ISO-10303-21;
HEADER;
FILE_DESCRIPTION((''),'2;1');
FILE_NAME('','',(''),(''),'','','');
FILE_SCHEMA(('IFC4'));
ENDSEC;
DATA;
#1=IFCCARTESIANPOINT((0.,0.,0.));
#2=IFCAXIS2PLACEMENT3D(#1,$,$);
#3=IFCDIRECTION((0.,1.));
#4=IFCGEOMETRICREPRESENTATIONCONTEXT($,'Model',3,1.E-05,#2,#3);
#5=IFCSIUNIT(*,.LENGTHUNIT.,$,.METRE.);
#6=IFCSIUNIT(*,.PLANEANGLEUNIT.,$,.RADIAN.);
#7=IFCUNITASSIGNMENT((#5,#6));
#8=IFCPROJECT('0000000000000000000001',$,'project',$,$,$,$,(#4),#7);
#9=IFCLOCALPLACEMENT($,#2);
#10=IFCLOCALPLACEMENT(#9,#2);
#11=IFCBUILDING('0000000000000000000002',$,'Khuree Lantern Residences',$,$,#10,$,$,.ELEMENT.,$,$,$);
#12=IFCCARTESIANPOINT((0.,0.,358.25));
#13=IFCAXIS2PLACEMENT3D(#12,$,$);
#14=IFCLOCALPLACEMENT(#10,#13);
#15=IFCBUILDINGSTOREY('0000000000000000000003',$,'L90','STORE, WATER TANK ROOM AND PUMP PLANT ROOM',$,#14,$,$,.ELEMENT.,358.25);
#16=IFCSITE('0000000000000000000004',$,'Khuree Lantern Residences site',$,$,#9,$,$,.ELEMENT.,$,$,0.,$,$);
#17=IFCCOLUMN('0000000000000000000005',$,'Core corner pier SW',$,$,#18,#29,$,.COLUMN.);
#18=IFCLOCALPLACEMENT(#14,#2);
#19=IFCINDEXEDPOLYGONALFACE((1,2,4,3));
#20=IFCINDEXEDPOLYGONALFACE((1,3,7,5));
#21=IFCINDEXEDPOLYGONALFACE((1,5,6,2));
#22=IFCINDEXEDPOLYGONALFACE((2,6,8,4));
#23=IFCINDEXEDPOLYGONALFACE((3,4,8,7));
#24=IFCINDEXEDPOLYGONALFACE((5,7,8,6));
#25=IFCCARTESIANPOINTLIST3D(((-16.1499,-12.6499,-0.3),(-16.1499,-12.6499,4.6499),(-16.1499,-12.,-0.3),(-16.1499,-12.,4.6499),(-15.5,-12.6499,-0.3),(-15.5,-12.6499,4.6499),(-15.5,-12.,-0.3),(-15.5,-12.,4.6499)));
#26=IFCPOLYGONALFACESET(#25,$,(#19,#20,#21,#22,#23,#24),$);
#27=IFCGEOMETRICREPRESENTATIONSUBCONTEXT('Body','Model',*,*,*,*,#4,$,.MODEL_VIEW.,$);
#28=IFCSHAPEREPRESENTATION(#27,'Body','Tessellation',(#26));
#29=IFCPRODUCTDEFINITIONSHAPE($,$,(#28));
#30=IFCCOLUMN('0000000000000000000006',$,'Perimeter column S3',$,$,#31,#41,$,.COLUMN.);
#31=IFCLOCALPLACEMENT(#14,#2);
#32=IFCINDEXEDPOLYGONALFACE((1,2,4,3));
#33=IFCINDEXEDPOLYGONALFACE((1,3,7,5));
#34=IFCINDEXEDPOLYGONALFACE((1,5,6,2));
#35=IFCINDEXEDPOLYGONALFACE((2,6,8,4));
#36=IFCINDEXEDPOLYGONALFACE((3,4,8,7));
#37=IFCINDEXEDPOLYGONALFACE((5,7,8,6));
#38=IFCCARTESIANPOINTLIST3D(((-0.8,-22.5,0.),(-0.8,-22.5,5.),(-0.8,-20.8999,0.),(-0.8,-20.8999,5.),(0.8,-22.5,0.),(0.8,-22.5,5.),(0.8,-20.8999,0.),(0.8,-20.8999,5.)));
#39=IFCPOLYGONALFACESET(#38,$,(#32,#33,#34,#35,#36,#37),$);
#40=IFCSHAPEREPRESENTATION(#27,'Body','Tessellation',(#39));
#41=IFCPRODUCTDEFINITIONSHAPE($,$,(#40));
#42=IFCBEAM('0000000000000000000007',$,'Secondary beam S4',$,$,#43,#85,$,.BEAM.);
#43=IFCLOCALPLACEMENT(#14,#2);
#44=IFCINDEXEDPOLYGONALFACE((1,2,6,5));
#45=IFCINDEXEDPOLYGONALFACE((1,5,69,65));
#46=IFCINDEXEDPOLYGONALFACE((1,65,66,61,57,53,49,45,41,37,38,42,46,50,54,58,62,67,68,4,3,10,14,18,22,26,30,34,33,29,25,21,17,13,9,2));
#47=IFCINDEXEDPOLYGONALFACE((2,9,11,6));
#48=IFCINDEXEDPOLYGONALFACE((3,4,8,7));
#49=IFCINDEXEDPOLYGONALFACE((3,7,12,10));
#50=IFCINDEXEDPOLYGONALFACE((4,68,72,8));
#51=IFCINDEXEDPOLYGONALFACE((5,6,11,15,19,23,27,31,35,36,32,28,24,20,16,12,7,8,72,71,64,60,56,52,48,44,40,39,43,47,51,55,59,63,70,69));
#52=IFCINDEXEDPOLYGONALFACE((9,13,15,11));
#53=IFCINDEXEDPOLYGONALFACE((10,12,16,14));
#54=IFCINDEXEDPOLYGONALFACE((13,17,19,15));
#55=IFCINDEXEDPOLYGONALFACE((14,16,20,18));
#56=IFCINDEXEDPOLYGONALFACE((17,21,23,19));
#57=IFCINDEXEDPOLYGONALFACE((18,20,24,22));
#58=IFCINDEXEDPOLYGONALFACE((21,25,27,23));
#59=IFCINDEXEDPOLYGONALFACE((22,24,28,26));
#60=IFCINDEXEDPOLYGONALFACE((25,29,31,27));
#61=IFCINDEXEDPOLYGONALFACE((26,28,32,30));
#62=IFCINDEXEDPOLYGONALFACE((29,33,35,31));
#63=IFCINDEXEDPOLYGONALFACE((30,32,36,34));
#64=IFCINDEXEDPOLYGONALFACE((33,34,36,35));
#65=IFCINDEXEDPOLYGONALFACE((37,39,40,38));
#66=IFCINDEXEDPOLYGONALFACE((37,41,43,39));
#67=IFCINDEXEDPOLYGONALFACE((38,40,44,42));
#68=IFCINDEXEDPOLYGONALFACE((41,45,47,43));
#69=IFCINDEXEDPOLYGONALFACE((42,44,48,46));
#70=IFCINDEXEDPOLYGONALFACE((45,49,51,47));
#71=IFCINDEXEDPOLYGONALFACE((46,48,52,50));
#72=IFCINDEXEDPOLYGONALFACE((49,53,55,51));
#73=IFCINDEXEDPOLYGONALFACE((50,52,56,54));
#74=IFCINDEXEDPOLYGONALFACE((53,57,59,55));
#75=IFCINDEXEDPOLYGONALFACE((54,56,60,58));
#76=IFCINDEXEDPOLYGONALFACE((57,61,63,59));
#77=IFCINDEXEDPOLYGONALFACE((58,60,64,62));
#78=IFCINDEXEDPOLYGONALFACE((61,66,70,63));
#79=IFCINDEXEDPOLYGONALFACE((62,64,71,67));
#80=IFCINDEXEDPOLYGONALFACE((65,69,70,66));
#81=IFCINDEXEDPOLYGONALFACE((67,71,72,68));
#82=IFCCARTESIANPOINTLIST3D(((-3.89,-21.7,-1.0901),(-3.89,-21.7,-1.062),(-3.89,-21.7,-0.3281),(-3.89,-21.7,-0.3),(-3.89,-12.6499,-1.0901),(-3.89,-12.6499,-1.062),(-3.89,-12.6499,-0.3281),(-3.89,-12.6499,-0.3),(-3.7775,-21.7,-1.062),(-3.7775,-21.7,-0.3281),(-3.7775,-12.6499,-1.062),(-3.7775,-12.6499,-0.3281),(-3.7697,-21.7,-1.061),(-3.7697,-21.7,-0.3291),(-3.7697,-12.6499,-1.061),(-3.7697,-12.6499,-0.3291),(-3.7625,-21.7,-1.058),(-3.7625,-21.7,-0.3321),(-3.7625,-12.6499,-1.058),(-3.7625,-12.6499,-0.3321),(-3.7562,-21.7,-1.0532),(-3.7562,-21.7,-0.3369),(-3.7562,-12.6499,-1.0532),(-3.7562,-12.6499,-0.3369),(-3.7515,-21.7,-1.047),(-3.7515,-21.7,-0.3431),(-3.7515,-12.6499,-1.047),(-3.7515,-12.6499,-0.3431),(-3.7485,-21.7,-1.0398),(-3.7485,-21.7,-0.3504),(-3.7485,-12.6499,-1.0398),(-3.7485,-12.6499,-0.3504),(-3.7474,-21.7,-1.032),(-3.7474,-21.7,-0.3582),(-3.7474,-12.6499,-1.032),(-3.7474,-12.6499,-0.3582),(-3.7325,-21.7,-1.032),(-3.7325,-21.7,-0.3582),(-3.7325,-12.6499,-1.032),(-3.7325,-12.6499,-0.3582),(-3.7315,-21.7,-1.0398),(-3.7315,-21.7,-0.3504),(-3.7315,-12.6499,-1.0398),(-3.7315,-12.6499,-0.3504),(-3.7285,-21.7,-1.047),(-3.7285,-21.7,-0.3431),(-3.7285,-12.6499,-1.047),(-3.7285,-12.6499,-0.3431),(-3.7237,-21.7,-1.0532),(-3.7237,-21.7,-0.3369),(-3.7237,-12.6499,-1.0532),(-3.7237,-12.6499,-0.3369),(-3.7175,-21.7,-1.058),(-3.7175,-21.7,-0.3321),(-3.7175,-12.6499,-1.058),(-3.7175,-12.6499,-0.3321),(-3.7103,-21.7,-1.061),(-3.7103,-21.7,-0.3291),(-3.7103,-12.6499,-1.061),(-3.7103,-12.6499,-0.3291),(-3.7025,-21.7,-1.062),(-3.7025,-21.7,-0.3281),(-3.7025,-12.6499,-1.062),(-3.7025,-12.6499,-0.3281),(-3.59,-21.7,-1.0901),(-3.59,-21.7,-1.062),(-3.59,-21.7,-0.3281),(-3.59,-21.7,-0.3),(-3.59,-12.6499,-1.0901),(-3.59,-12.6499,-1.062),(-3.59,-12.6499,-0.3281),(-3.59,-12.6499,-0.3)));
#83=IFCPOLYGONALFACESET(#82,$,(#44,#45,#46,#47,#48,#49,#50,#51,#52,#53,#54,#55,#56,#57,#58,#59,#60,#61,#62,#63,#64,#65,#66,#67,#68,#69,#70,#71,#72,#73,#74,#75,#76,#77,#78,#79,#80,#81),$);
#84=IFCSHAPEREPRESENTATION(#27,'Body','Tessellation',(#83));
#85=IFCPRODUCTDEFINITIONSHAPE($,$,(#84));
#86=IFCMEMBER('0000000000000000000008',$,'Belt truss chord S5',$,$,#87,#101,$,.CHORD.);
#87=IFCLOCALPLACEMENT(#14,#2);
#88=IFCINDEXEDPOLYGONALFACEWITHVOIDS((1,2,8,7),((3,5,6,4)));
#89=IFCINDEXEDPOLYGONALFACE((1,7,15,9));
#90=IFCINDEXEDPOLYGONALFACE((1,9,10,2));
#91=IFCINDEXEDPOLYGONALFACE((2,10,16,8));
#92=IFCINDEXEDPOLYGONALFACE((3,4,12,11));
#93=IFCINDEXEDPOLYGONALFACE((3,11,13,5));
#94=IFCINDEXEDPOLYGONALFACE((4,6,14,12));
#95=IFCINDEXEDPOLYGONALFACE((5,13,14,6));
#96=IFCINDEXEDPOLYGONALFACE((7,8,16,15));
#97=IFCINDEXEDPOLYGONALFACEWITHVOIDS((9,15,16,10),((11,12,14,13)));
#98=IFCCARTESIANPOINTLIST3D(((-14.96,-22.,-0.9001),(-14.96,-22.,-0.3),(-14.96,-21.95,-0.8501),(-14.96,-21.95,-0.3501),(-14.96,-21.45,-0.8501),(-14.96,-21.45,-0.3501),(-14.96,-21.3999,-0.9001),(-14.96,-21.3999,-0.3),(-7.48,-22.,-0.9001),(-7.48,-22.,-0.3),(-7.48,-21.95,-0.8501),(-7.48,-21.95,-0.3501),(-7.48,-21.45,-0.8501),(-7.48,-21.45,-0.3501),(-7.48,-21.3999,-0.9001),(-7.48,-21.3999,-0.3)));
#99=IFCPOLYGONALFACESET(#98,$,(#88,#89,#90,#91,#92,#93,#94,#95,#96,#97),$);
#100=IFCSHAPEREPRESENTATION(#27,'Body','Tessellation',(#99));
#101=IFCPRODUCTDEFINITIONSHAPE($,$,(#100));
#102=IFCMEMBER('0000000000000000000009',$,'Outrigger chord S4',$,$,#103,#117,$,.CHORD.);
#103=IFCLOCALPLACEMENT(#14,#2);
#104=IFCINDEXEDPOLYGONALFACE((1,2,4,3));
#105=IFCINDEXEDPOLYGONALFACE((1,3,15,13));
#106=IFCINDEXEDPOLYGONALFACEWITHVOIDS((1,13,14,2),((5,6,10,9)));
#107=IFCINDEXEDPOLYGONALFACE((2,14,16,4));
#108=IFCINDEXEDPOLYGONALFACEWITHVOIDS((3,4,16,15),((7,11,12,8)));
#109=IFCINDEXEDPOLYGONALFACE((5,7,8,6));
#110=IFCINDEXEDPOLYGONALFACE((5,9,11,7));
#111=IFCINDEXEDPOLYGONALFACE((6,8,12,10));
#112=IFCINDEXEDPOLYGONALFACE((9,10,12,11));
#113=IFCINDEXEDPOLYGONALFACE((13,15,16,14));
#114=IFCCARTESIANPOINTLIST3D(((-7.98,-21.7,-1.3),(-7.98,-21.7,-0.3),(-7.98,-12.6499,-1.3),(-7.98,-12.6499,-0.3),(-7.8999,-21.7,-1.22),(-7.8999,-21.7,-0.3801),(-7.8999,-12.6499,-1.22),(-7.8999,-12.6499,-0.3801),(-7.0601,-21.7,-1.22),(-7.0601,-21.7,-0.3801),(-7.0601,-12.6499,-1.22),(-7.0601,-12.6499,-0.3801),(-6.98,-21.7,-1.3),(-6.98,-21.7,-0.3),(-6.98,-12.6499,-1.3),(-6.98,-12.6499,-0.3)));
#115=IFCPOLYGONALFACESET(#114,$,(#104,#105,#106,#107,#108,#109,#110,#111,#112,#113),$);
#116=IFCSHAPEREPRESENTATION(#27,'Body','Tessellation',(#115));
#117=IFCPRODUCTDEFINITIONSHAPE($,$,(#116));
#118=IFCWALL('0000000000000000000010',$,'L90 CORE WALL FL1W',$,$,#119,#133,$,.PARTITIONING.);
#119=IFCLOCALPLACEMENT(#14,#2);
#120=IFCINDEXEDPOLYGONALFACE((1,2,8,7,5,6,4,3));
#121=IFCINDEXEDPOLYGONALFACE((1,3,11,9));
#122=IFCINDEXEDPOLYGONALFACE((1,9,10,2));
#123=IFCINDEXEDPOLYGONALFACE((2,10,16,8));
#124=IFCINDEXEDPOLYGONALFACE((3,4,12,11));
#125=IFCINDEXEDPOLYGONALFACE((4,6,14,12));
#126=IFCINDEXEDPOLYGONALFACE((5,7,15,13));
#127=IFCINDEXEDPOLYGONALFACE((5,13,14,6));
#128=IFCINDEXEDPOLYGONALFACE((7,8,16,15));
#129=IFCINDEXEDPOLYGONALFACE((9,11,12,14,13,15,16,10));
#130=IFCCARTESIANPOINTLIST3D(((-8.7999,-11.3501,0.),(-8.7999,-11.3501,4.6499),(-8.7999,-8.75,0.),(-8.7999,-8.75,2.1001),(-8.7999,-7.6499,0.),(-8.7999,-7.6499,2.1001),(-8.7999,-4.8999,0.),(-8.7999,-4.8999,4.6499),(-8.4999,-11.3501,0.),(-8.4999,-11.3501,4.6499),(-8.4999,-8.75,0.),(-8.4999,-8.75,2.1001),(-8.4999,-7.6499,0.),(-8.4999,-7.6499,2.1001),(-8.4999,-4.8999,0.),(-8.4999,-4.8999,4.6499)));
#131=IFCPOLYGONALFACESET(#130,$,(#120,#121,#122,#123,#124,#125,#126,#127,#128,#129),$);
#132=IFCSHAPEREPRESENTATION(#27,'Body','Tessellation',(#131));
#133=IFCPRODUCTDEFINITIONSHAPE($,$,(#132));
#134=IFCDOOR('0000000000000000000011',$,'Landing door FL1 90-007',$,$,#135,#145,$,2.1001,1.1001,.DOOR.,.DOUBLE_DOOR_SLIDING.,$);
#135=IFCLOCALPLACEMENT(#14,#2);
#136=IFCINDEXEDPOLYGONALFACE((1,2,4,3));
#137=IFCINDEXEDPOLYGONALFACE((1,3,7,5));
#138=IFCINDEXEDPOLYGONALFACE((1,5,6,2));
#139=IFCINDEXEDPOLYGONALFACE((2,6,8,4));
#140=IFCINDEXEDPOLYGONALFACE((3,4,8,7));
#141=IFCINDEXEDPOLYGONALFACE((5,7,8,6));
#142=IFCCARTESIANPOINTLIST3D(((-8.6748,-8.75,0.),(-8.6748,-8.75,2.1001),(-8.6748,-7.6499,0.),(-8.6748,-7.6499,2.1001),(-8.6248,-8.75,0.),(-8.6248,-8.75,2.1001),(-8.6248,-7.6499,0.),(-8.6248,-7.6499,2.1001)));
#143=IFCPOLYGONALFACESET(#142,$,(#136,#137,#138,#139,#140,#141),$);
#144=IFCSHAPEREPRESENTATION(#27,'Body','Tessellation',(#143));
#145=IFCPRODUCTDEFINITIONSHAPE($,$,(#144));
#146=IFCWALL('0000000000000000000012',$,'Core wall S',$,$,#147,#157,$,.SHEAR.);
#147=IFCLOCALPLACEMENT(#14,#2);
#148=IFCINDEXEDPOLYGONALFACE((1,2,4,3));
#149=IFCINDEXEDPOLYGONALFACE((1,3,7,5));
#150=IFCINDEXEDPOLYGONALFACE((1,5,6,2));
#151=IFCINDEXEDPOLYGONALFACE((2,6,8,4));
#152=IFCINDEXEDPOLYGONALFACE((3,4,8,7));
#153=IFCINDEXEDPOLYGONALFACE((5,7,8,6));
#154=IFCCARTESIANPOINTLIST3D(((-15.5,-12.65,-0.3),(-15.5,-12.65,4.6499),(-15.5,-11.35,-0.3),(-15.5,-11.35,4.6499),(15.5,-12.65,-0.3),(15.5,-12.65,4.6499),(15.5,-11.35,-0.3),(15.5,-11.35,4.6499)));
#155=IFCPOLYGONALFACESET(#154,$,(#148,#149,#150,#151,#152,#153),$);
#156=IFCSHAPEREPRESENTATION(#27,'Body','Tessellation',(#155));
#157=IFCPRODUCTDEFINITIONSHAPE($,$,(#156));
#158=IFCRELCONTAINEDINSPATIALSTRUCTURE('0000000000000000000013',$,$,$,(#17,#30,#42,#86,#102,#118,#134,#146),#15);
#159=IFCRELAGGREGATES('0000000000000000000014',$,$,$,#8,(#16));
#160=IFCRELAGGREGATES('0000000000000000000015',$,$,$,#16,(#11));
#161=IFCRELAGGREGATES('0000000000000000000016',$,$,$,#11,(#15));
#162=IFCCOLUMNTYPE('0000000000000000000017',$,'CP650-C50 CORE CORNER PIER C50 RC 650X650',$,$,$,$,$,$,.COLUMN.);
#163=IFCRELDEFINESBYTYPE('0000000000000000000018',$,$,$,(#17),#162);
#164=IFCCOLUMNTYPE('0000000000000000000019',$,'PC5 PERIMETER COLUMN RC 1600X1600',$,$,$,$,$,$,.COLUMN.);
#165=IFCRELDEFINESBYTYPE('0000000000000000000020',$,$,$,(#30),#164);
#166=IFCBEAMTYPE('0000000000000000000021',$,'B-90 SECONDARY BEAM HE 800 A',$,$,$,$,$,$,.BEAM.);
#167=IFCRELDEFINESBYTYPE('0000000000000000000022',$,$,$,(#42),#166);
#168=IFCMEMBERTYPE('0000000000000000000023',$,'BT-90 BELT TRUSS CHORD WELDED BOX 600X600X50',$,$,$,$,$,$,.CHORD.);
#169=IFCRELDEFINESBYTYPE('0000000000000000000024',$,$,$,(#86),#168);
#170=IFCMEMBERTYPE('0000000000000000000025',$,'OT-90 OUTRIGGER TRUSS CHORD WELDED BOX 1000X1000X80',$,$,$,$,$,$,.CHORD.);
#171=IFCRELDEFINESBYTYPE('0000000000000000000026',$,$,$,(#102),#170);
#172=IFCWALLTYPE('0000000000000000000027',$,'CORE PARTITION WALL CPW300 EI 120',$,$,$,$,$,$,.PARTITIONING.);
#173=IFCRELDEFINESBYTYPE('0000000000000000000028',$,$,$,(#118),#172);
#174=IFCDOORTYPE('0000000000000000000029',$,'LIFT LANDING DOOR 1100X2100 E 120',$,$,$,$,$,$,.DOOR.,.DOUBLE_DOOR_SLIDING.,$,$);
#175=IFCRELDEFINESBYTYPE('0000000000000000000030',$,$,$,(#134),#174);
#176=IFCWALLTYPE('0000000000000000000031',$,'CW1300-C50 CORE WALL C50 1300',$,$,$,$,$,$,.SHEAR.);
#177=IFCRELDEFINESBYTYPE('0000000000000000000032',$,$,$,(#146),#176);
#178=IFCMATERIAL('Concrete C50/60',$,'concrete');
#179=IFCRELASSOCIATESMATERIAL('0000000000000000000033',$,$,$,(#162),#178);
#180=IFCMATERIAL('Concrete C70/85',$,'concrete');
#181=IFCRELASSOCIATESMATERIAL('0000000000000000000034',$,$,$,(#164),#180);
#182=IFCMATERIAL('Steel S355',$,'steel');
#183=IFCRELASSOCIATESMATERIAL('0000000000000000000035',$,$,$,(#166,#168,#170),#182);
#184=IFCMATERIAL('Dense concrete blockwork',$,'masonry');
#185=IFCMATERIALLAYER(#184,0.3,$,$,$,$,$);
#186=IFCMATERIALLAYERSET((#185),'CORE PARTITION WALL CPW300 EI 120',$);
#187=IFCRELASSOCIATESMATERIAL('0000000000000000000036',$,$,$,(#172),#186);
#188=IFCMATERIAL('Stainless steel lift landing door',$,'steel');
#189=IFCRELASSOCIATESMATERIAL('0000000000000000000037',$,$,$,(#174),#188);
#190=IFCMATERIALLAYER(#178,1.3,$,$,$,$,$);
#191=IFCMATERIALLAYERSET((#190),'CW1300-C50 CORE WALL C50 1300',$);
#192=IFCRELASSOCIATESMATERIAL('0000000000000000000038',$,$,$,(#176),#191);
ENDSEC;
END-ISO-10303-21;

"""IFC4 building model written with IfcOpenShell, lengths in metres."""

from ifc_helpers import new_model, si_unit, direction, frame, frame_2d, origin, origin_2d, place, context, subcontext, project, spatial, rectangle, hollow_rectangle, i_section, extrude, material, layer, layer_set, material_profile, profile_set, type_object, element, fill, save


model = new_model("IFC4")

# Units and contexts
model_context = context("Model", 3, precision=1e-05, world=origin(), true_north=direction((0.0, 1.0)))
body_context = subcontext(model_context, "Body", "Model", "MODEL_VIEW")
ifc_project = project(units=[si_unit("LENGTHUNIT", "METRE"), si_unit("PLANEANGLEUNIT", "RADIAN")], contexts=[model_context])

# Site, building, storey
site_placement = place(None, origin())
site = spatial("IfcSite", under=ifc_project, at=site_placement, Name="Khuree Lantern Residences site", CompositionType="ELEMENT", RefElevation=0.0)
building_placement = place(site_placement, origin())
building = spatial("IfcBuilding", under=site, at=building_placement, Name="Khuree Lantern Residences", CompositionType="ELEMENT")
storey_placement = place(building_placement, frame((0.0, 0.0, 358.25)))
storey = spatial("IfcBuildingStorey", under=building, at=storey_placement, Name="L90", Description="STORE, WATER TANK ROOM AND PUMP PLANT ROOM", CompositionType="ELEMENT", Elevation=358.25)

# Columns
ifc_material_1 = material(Name="Concrete C50/60", Category="concrete")
ifc_material_profile_1 = material_profile(ifc_material_1, rectangle(XDim=0.6499, YDim=0.6499, at=origin_2d()), Name="RC 650X650")
ifc_profile_set_1 = profile_set([ifc_material_profile_1], Name="Concrete C50/60")
column_type_1 = type_object("IfcColumnType", Name="CP650-C50 CORE CORNER PIER C50 RC 650X650", PredefinedType="COLUMN", material=ifc_profile_set_1)
column_1_placement = place(storey_placement, frame((-15.825, -12.325, -0.3), z_axis=(0.0, 0.0, 1.0), x_axis=(1.0, 0.0, 0.0)))
element("IfcColumn", 1, at=column_1_placement, inside=storey, type_object=column_type_1, Name="Core corner pier SW", PredefinedType="COLUMN", context=body_context, shape_type="SweptSolid", body=[
    extrude(rectangle(XDim=0.6499, YDim=0.6499, at=origin_2d()), origin(), (0.0, 0.0, 1.0), 4.95),
])
ifc_material_2 = material(Name="Concrete C70/85", Category="concrete")
ifc_material_profile_2 = material_profile(ifc_material_2, rectangle(XDim=1.6001, YDim=1.6001, at=origin_2d()), Name="RC 1600X1600")
ifc_profile_set_2 = profile_set([ifc_material_profile_2], Name="Concrete C70/85")
column_type_2 = type_object("IfcColumnType", Name="PC5 PERIMETER COLUMN RC 1600X1600", PredefinedType="COLUMN", material=ifc_profile_set_2)
column_2_placement = place(storey_placement, frame((0.0, -21.7, 0.0), z_axis=(0.0, 0.0, 1.0), x_axis=(1.0, 0.0, 0.0)))
element("IfcColumn", 2, at=column_2_placement, inside=storey, type_object=column_type_2, Name="Perimeter column S3", PredefinedType="COLUMN", context=body_context, shape_type="SweptSolid", body=[
    extrude(rectangle(XDim=1.6001, YDim=1.6001, at=origin_2d()), origin(), (0.0, 0.0, 1.0), 5.0),
])

# Beam
ifc_material_3 = material(Name="Steel S355", Category="steel")
ifc_material_profile_3 = material_profile(ifc_material_3, i_section(OverallWidth=0.3, OverallDepth=0.79, WebThickness=0.0149, FlangeThickness=0.0281, FilletRadius=0.03, at=origin_2d()), Name="HE 800 A")
ifc_profile_set_3 = profile_set([ifc_material_profile_3], Name="Steel S355")
beam_type = type_object("IfcBeamType", Name="B-90 SECONDARY BEAM HE 800 A", PredefinedType="BEAM", material=ifc_profile_set_3)
beam_placement = place(storey_placement, frame((-3.74, -21.7, -0.6951), z_axis=(0.0, 1.0, 0.0), x_axis=(-1.0, 0.0, 0.0)))
element("IfcBeam", 3, at=beam_placement, inside=storey, type_object=beam_type, Name="Secondary beam S4", PredefinedType="BEAM", context=body_context, shape_type="SweptSolid", body=[
    extrude(i_section(OverallWidth=0.3, OverallDepth=0.79, WebThickness=0.0149, FlangeThickness=0.0281, FilletRadius=0.03, at=origin_2d()), origin(), (0.0, 0.0, 1.0), 9.05),
])

# Members
ifc_material_profile_4 = material_profile(ifc_material_3, hollow_rectangle(XDim=0.6001, YDim=0.6001, WallThickness=0.05, at=origin_2d()), Name="WELDED BOX 600X600X50")
ifc_profile_set_4 = profile_set([ifc_material_profile_4], Name="Steel S355")
member_type_1 = type_object("IfcMemberType", Name="BT-90 BELT TRUSS CHORD WELDED BOX 600X600X50", PredefinedType="CHORD", material=ifc_profile_set_4)
member_1_placement = place(storey_placement, frame((-7.48, -21.7, -0.6001), z_axis=(-1.0, 0.0, 0.0), x_axis=(0.0, -1.0, 0.0)))
element("IfcMember", 4, at=member_1_placement, inside=storey, type_object=member_type_1, Name="Belt truss chord S5", PredefinedType="CHORD", context=body_context, shape_type="SweptSolid", body=[
    extrude(hollow_rectangle(XDim=0.6001, YDim=0.6001, WallThickness=0.05, at=origin_2d()), origin(), (0.0, 0.0, 1.0), 7.48),
])
ifc_material_profile_5 = material_profile(ifc_material_3, hollow_rectangle(XDim=1.0, YDim=1.0, WallThickness=0.0801, at=origin_2d()), Name="WELDED BOX 1000X1000X80")
ifc_profile_set_5 = profile_set([ifc_material_profile_5], Name="Steel S355")
member_type_2 = type_object("IfcMemberType", Name="OT-90 OUTRIGGER TRUSS CHORD WELDED BOX 1000X1000X80", PredefinedType="CHORD", material=ifc_profile_set_5)
member_2_placement = place(storey_placement, frame((-7.48, -21.7, -0.8), z_axis=(0.0, 1.0, 0.0), x_axis=(-1.0, 0.0, 0.0)))
element("IfcMember", 5, at=member_2_placement, inside=storey, type_object=member_type_2, Name="Outrigger chord S4", PredefinedType="CHORD", context=body_context, shape_type="SweptSolid", body=[
    extrude(hollow_rectangle(XDim=1.0, YDim=1.0, WallThickness=0.0801, at=origin_2d()), origin(), (0.0, 0.0, 1.0), 9.05),
])

# Wall, opening, door
ifc_material_4 = material(Name="Dense concrete blockwork", Category="masonry")
ifc_layer_1 = layer(ifc_material_4, 0.3)
ifc_layer_set_1 = layer_set([ifc_layer_1], Name="CORE PARTITION WALL CPW300 EI 120")
wall_type_1 = type_object("IfcWallType", Name="CORE PARTITION WALL CPW300 EI 120", PredefinedType="PARTITIONING", material=ifc_layer_set_1)
wall_1_placement = place(storey_placement, frame((-8.6499, -11.3501, 0.0), z_axis=(0.0, 0.0, 1.0), x_axis=(0.0, 1.0, 0.0)))
wall_1 = element("IfcWall", 6, at=wall_1_placement, inside=storey, type_object=wall_type_1, Name="L90 CORE WALL FL1W", PredefinedType="PARTITIONING", context=body_context, shape_type="SweptSolid", body=[
    extrude(rectangle(XDim=6.4502, YDim=0.3, at=frame_2d((3.2251, 0.0))), origin(), (0.0, 0.0, 1.0), 4.6499),
])
opening_1_placement = place(wall_1_placement, frame((2.6001, 0.0, 0.0)))
opening_1 = element("IfcOpeningElement", 7, at=opening_1_placement, cuts=wall_1, PredefinedType="OPENING", context=body_context, shape_type="SweptSolid", body=[
    extrude(rectangle(XDim=1.1001, YDim=2.1001, at=frame_2d((0.55, 1.05))), frame((0.0, 0.1602, 0.0), z_axis=(0.0, -1.0, 0.0), x_axis=(1.0, 0.0, 0.0)), (0.0, 0.0, 1.0), 0.3201),
])
ifc_material_5 = material(Name="Stainless steel lift landing door", Category="steel")
door_type_1 = type_object("IfcDoorType", Name="LIFT LANDING DOOR 1100X2100 E 120", OperationType="DOUBLE_DOOR_SLIDING", PredefinedType="DOOR", material=ifc_material_5)
door_1_placement = place(opening_1_placement, origin())
door_1 = element("IfcDoor", 8, at=door_1_placement, inside=storey, type_object=door_type_1, Name="Landing door FL1 90-007", OperationType="DOUBLE_DOOR_SLIDING", OverallHeight=2.1001, OverallWidth=1.1001, PredefinedType="DOOR", context=body_context, shape_type="SweptSolid", body=[
    extrude(rectangle(XDim=1.1001, YDim=2.1001, at=frame_2d((0.55, 1.05))), frame((0.0, 0.0249, 0.0), z_axis=(0.0, -1.0, 0.0), x_axis=(1.0, 0.0, 0.0)), (0.0, 0.0, 1.0), 0.05),
])
fill(opening_1, door_1)

# Wall
ifc_layer_2 = layer(ifc_material_1, 1.3)
ifc_layer_set_2 = layer_set([ifc_layer_2], Name="CW1300-C50 CORE WALL C50 1300")
wall_type_2 = type_object("IfcWallType", Name="CW1300-C50 CORE WALL C50 1300", PredefinedType="SHEAR", material=ifc_layer_set_2)
wall_2_placement = place(storey_placement, frame((-15.5, -12.0, -0.3), z_axis=(0.0, 0.0, 1.0), x_axis=(1.0, 0.0, 0.0)))
element("IfcWall", 9, at=wall_2_placement, inside=storey, type_object=wall_type_2, Name="Core wall S", PredefinedType="SHEAR", context=body_context, shape_type="SweptSolid", body=[
    extrude(rectangle(XDim=31.0, YDim=1.3, at=frame_2d((15.5, 0.0))), origin(), (0.0, 0.0, 1.0), 4.95),
])

save(model, "model.ifc")
